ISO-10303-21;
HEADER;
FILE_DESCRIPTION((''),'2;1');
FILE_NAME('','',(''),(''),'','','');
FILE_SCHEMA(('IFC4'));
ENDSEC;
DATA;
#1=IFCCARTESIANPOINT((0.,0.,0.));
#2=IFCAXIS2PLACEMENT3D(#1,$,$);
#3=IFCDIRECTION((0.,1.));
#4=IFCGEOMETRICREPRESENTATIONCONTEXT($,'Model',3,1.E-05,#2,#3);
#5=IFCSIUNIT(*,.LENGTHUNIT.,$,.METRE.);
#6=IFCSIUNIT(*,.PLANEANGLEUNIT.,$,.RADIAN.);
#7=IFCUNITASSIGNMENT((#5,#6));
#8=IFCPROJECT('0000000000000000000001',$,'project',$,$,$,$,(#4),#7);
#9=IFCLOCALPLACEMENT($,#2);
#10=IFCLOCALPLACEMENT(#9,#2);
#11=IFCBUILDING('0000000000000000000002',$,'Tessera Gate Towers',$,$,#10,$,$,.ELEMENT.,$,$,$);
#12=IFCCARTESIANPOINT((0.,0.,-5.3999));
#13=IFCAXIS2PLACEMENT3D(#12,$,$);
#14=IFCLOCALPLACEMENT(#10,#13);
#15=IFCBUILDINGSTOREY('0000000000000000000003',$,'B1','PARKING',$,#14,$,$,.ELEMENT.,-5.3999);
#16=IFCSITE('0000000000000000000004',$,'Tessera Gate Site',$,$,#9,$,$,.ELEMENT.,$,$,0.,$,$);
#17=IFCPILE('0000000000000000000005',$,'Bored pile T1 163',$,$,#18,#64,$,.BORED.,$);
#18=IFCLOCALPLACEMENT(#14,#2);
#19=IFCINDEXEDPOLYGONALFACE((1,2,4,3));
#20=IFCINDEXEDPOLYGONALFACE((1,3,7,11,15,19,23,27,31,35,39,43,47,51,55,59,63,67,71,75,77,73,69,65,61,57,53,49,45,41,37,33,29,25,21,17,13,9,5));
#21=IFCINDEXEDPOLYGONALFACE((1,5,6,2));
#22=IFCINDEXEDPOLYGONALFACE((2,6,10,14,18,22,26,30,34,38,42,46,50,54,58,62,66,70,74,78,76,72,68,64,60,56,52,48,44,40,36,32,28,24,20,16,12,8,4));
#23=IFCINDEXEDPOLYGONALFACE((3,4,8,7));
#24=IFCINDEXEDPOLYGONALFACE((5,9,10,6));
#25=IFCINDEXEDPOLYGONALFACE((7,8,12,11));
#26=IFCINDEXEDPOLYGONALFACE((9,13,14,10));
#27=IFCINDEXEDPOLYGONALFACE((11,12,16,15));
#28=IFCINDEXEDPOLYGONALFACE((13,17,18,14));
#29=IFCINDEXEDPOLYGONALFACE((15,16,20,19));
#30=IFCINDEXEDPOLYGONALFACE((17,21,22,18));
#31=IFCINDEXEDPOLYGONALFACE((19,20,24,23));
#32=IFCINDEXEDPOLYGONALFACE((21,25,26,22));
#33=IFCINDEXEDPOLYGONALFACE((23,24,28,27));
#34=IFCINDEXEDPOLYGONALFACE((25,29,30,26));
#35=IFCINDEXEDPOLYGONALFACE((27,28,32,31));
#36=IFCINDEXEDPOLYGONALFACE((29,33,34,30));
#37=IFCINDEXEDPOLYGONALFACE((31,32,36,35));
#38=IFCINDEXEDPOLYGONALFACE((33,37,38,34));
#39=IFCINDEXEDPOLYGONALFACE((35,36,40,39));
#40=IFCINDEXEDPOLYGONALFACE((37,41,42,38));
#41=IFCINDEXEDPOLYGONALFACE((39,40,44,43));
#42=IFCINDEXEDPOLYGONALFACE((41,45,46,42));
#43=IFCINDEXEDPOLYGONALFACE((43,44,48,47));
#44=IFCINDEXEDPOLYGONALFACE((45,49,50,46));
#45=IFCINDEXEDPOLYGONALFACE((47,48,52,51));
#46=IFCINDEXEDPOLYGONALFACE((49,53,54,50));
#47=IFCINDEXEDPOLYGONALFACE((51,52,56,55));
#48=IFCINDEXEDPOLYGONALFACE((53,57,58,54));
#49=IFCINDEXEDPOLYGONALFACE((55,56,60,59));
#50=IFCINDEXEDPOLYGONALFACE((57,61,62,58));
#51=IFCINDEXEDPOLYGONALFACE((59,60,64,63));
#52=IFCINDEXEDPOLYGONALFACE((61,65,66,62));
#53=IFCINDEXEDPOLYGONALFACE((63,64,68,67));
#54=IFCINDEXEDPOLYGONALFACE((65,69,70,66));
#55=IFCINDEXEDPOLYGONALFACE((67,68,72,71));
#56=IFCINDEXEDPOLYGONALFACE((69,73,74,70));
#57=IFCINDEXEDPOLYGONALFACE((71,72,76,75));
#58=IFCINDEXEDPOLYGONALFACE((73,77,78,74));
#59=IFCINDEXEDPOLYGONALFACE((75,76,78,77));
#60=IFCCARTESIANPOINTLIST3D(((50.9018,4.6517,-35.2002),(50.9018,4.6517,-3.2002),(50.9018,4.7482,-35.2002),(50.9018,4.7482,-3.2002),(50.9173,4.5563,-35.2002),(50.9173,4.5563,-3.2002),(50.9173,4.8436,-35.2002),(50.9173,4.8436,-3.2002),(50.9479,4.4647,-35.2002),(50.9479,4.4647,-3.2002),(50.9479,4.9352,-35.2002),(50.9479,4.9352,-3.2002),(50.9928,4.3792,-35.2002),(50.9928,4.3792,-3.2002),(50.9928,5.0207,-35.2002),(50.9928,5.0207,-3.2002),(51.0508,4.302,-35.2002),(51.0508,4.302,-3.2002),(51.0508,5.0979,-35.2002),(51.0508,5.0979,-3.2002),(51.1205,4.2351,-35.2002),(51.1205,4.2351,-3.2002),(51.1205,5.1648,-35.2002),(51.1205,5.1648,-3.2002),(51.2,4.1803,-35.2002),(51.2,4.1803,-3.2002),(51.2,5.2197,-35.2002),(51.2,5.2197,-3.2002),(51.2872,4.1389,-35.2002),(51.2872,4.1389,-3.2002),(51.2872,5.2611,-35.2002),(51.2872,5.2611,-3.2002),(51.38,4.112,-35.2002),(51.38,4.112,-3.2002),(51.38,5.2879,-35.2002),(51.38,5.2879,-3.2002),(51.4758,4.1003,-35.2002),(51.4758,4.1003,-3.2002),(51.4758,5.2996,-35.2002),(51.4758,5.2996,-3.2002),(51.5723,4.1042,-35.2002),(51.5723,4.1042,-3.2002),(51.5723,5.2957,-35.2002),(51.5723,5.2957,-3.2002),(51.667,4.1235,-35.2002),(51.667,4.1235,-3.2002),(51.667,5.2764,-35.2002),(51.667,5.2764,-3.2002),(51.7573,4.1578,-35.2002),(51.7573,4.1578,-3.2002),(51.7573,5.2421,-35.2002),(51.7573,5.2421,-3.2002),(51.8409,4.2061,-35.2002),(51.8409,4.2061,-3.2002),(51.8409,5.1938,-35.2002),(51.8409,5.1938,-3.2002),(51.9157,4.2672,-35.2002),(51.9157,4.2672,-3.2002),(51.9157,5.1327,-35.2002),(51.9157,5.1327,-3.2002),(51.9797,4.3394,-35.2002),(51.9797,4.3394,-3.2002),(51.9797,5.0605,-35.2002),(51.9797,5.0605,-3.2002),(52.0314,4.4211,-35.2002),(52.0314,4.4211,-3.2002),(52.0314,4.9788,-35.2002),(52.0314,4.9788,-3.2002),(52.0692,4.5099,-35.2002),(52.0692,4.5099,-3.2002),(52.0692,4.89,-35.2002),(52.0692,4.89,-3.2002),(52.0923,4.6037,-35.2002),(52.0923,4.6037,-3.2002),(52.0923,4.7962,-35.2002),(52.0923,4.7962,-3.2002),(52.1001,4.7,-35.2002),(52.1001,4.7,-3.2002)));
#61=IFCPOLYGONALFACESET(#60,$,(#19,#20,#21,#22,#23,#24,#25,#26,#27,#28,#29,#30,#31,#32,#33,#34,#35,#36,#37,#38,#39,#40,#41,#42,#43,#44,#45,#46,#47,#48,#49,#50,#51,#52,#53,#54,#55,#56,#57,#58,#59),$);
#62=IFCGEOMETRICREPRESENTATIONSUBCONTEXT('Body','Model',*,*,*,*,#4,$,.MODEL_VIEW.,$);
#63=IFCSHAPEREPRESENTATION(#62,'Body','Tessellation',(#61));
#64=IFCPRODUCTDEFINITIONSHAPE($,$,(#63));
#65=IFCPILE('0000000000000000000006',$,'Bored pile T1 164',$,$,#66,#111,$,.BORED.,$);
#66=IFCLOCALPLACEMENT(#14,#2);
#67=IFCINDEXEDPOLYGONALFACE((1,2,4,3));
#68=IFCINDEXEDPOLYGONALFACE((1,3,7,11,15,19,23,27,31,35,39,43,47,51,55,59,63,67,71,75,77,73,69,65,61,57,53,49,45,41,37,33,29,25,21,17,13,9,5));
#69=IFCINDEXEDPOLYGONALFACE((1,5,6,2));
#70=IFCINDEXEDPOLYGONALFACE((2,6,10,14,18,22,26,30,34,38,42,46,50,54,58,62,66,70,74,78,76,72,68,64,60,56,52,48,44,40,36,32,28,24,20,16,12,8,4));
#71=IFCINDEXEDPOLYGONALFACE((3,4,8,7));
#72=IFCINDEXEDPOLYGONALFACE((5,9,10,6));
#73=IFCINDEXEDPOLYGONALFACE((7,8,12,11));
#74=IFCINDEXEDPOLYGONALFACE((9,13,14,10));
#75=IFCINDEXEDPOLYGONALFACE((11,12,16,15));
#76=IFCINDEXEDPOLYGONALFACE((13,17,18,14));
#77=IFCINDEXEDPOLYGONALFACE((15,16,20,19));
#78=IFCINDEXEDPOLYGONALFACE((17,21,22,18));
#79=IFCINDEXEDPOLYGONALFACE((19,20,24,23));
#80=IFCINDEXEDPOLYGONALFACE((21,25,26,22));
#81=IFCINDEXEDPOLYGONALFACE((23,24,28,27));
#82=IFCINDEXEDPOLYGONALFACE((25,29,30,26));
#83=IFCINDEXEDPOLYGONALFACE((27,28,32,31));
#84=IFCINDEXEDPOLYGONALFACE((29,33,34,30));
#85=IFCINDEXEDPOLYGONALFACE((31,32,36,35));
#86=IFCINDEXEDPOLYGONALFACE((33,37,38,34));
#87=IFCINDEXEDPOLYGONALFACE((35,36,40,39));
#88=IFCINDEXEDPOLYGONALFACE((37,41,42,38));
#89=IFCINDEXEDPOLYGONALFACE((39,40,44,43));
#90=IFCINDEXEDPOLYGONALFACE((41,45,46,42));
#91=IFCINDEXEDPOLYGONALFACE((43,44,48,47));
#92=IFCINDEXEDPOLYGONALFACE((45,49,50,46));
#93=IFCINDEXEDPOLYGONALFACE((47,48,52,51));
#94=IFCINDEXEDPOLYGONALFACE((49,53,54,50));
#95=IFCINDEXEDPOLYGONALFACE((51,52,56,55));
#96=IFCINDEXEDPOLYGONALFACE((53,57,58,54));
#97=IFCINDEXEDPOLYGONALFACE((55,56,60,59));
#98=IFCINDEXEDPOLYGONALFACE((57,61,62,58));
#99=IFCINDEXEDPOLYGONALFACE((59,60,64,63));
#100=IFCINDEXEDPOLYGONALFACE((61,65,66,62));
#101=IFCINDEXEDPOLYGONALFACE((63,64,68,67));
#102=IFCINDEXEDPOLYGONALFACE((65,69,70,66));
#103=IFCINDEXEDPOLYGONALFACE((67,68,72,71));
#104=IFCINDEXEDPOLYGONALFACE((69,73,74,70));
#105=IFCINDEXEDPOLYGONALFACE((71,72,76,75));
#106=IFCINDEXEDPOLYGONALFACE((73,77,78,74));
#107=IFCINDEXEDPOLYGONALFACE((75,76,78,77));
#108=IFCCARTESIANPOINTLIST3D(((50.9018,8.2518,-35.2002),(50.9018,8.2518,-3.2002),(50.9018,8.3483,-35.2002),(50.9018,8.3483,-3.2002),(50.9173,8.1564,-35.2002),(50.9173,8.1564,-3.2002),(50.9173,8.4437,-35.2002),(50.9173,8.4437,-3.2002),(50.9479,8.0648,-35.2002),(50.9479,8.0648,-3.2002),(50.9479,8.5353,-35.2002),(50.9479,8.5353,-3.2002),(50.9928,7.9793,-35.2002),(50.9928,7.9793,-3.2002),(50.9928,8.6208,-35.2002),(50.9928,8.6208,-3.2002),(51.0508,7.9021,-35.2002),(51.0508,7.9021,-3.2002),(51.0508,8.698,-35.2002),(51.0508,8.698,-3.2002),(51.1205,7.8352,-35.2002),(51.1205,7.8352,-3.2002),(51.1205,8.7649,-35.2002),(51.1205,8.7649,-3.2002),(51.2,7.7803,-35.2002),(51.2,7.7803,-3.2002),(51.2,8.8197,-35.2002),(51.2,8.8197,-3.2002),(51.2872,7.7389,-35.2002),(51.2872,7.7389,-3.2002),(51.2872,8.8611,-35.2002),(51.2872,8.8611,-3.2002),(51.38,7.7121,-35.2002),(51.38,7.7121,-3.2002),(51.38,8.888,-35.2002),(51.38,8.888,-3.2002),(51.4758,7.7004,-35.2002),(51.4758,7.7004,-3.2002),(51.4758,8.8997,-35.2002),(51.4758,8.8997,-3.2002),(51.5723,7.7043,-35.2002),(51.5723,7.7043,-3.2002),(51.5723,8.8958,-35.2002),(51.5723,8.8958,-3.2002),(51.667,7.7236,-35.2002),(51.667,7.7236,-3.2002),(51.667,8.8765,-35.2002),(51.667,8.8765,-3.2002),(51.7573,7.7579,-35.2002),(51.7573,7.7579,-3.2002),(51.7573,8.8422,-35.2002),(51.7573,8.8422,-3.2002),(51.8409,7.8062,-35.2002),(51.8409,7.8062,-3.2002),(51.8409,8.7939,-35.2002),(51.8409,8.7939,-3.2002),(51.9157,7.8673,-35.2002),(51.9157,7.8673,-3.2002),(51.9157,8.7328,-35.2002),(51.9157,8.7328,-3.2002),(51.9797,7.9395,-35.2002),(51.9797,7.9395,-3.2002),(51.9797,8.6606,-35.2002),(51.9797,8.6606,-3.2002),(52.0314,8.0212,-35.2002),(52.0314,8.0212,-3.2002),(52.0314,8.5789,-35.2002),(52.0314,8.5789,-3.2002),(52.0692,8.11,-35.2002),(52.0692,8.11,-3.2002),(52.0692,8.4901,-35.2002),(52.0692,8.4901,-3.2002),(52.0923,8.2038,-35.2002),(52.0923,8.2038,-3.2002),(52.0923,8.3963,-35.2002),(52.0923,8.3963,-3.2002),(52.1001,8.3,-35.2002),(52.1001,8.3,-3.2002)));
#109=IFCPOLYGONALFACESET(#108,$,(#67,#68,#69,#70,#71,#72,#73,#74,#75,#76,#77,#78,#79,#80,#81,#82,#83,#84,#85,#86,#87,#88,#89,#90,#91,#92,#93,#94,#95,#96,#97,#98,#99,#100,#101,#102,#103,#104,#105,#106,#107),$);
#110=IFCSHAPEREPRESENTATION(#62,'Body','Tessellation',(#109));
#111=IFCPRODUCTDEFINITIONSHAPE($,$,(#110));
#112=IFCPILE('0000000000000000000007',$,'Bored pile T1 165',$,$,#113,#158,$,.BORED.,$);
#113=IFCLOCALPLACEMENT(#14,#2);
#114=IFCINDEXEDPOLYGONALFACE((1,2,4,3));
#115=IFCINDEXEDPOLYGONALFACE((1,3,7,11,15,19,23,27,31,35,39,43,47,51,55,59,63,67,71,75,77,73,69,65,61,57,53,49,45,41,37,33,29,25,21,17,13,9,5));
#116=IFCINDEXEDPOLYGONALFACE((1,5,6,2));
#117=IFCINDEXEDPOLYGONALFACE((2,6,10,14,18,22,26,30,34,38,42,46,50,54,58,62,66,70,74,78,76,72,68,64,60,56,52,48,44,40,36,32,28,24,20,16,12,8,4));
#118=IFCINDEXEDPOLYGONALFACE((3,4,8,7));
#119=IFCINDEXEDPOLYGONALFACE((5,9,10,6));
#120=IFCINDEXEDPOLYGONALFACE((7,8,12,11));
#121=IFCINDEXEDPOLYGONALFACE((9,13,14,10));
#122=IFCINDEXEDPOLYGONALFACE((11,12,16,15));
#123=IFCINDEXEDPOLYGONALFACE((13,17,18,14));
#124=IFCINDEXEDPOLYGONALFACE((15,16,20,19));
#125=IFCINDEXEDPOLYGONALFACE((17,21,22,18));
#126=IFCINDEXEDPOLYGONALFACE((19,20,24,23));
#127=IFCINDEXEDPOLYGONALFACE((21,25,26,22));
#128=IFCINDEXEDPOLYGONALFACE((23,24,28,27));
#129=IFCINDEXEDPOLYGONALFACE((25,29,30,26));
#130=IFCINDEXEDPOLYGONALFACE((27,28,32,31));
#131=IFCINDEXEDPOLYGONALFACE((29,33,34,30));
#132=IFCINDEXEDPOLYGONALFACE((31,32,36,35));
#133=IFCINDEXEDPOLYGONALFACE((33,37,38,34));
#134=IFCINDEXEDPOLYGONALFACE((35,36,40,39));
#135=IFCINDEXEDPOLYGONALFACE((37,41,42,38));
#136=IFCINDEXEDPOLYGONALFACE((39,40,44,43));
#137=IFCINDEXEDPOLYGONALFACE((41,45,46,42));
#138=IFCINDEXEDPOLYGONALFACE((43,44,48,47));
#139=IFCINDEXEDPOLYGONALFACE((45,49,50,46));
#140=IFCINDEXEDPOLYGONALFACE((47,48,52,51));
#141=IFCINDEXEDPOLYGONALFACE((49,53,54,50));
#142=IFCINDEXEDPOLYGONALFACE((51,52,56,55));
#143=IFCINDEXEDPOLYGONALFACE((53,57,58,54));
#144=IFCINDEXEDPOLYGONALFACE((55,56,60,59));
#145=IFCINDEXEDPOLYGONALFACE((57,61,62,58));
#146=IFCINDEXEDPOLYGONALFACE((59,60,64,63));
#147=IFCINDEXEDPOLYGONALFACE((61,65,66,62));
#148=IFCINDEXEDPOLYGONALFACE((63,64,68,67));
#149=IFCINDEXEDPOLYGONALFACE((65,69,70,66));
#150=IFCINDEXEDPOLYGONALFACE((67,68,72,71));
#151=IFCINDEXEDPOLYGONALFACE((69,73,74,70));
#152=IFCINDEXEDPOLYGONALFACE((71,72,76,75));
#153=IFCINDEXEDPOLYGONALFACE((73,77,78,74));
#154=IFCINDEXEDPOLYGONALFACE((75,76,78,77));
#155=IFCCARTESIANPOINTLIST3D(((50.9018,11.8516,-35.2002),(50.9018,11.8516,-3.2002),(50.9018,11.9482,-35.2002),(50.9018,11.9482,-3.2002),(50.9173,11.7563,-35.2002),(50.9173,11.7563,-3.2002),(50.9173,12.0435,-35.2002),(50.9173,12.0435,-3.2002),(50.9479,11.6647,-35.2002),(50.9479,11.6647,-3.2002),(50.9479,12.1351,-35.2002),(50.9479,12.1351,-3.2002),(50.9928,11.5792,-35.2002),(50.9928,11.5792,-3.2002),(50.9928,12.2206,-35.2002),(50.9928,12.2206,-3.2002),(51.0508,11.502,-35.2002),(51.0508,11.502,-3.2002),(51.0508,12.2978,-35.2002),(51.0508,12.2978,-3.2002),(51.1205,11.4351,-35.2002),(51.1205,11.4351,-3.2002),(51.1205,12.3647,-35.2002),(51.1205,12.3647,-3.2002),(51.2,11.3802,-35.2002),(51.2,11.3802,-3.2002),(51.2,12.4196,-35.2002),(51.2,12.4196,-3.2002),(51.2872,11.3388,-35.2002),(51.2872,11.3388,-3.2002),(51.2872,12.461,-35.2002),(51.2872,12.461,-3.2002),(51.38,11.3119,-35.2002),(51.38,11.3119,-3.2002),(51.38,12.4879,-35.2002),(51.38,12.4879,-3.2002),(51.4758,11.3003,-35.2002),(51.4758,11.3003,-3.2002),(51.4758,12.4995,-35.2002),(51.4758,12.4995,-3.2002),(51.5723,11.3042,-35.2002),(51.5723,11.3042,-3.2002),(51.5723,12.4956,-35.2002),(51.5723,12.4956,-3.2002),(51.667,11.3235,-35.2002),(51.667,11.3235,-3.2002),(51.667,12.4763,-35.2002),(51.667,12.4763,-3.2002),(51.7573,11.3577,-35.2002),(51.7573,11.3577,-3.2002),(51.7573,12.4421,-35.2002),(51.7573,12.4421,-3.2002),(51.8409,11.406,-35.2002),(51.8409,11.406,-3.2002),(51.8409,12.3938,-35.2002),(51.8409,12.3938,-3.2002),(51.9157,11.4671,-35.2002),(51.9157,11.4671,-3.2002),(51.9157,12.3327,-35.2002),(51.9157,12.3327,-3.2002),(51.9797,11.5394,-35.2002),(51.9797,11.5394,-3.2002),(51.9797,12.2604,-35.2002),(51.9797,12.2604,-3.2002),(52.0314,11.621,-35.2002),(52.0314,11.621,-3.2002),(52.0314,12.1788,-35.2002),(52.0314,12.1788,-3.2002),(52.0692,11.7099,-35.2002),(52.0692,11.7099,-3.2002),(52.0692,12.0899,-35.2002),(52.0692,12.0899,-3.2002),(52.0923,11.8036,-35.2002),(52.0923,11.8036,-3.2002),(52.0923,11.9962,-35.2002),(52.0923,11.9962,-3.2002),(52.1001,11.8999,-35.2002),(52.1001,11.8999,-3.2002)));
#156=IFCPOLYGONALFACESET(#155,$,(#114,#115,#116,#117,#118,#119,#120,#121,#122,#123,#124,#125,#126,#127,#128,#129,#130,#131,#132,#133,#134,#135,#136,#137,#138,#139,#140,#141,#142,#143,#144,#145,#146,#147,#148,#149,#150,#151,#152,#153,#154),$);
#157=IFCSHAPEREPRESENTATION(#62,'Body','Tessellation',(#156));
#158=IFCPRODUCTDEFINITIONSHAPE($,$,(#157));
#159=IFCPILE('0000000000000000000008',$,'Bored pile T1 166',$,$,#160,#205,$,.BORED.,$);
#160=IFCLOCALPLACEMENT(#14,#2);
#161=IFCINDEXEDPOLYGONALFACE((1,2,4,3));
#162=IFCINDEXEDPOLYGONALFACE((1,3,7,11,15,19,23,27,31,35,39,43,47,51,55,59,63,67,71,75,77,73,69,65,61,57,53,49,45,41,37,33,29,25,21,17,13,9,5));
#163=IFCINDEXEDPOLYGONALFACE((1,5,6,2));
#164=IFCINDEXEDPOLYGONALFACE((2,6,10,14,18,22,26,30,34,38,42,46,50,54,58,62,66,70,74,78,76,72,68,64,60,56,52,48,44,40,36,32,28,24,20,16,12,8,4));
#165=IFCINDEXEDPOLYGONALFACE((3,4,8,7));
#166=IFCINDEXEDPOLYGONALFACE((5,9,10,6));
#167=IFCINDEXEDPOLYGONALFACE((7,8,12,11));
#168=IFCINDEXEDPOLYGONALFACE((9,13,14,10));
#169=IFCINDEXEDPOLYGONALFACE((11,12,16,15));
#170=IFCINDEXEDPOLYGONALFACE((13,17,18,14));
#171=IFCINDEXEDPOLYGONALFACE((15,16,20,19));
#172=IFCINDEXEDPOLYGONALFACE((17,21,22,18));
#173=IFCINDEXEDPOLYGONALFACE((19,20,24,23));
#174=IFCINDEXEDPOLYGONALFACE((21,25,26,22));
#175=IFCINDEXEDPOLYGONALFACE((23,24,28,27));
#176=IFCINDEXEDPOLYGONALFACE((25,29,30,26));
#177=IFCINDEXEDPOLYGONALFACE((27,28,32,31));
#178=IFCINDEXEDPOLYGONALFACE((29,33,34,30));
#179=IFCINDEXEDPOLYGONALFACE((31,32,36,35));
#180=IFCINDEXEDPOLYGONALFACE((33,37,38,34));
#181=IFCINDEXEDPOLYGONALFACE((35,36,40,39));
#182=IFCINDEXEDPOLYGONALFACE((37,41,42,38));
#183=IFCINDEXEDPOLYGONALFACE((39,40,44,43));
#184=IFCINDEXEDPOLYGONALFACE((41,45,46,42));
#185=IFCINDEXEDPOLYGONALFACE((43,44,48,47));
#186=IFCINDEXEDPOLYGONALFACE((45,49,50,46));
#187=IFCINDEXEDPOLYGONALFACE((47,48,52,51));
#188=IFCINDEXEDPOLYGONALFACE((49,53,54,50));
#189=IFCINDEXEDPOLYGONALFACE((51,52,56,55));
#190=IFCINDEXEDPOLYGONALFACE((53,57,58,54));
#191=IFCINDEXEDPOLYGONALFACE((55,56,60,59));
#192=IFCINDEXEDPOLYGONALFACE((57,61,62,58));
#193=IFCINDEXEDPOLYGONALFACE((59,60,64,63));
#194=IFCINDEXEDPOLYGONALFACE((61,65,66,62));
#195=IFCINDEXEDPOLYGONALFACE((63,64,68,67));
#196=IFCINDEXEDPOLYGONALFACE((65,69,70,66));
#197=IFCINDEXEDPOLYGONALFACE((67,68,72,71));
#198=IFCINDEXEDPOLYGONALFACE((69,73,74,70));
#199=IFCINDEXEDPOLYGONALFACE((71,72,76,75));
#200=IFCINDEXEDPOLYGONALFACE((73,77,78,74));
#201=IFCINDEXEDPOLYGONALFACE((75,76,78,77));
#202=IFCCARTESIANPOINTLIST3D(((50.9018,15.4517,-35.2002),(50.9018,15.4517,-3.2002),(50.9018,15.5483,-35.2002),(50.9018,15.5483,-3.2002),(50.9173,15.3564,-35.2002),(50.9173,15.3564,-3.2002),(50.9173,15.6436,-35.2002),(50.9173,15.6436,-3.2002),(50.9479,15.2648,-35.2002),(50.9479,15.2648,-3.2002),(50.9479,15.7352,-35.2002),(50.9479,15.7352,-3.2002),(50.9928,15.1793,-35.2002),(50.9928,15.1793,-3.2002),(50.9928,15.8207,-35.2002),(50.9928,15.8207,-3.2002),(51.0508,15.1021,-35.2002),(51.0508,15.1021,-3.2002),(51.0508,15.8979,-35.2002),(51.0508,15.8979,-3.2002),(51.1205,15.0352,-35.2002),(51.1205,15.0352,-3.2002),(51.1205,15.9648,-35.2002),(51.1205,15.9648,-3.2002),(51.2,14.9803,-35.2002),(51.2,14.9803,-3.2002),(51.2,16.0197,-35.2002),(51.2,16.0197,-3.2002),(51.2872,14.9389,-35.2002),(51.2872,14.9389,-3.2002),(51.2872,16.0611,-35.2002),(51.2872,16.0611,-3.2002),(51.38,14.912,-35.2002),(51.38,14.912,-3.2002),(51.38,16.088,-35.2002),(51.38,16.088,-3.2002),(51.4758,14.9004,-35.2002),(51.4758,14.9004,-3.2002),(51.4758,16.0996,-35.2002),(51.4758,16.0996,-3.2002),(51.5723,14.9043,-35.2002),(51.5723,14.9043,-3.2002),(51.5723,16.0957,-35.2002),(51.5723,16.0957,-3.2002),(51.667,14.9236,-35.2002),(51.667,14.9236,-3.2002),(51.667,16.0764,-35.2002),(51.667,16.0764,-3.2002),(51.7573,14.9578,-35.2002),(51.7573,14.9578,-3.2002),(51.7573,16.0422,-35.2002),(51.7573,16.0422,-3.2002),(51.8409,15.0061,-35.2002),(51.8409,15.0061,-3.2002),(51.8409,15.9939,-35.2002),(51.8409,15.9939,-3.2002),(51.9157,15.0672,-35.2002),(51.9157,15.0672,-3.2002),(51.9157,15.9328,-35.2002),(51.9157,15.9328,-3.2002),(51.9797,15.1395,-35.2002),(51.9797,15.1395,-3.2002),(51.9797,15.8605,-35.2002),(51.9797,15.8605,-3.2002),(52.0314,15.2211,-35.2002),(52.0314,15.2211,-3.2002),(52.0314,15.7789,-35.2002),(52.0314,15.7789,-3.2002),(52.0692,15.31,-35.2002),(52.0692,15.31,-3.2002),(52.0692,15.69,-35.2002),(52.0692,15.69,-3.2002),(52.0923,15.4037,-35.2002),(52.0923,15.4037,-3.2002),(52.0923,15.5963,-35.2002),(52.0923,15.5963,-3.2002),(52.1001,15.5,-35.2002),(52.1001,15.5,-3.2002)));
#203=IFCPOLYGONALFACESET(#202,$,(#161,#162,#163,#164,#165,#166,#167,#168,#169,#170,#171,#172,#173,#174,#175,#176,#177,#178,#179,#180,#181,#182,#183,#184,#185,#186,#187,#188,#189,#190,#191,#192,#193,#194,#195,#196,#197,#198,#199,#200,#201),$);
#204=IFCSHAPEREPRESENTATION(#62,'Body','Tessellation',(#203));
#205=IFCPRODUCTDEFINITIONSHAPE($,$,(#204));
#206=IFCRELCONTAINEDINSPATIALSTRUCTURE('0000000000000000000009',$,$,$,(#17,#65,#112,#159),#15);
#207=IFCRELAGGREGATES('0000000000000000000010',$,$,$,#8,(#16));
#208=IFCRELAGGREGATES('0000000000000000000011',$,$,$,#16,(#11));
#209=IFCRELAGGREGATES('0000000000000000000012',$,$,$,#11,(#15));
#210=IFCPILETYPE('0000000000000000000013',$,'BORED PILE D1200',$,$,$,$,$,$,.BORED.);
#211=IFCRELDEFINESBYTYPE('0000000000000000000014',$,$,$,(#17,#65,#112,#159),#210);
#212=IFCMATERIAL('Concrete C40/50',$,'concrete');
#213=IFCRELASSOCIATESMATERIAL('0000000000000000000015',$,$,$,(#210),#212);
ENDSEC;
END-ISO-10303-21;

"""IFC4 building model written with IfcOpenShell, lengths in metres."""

from ifc_helpers import new_model, si_unit, direction, frame, origin, origin_2d, place, context, subcontext, project, spatial, circle, extrude, material, material_profile, profile_set, type_object, element, save


model = new_model("IFC4")

# Units and contexts
model_context = context("Model", 3, precision=1e-05, world=origin(), true_north=direction((0.0, 1.0)))
body_context = subcontext(model_context, "Body", "Model", "MODEL_VIEW")
ifc_project = project(units=[si_unit("LENGTHUNIT", "METRE"), si_unit("PLANEANGLEUNIT", "RADIAN")], contexts=[model_context])

# Site, building, storey
site_placement = place(None, origin())
site = spatial("IfcSite", under=ifc_project, at=site_placement, Name="Tessera Gate Site", CompositionType="ELEMENT", RefElevation=0.0)
building_placement = place(site_placement, origin())
building = spatial("IfcBuilding", under=site, at=building_placement, Name="Tessera Gate Towers", CompositionType="ELEMENT")
storey_placement = place(building_placement, frame((0.0, 0.0, -5.3999)))
storey = spatial("IfcBuildingStorey", under=building, at=storey_placement, Name="B1", Description="PARKING", CompositionType="ELEMENT", Elevation=-5.3999)

# Piles
ifc_material_1 = material(Name="Concrete C40/50", Category="concrete")
ifc_material_profile_1 = material_profile(ifc_material_1, circle(Radius=0.6001, at=origin_2d()), Name="BORED PILE D1200")
ifc_profile_set_1 = profile_set([ifc_material_profile_1], Name="Concrete C40/50")
pile_type = type_object("IfcPileType", Name="BORED PILE D1200", PredefinedType="BORED", material=ifc_profile_set_1)
for number, where, z_axis, x_axis, name in (
    (1, (51.5, 4.7, -3.2002), (0.0, 0.0, -1.0), (1.0, 0.0, 0.0), "Bored pile T1 163"),
    (2, (51.5, 8.3, -3.2002), (0.0, 0.0, -1.0), (1.0, 0.0, 0.0), "Bored pile T1 164"),
    (3, (51.5, 11.8999, -3.2002), (0.0, 0.0, -1.0), (1.0, 0.0, 0.0), "Bored pile T1 165"),
    (4, (51.5, 15.5, -3.2002), (0.0, 0.0, -1.0), (1.0, 0.0, 0.0), "Bored pile T1 166"),
):
    element("IfcPile", number, at=place(storey_placement, frame(where, z_axis=z_axis, x_axis=x_axis)), inside=storey, type_object=pile_type, Name=name, PredefinedType="BORED", context=body_context, shape_type="SweptSolid", body=[
        extrude(circle(Radius=0.6001, at=origin_2d()), origin(), (0.0, 0.0, 1.0), 32.0),
    ])

save(model, "model.ifc")
